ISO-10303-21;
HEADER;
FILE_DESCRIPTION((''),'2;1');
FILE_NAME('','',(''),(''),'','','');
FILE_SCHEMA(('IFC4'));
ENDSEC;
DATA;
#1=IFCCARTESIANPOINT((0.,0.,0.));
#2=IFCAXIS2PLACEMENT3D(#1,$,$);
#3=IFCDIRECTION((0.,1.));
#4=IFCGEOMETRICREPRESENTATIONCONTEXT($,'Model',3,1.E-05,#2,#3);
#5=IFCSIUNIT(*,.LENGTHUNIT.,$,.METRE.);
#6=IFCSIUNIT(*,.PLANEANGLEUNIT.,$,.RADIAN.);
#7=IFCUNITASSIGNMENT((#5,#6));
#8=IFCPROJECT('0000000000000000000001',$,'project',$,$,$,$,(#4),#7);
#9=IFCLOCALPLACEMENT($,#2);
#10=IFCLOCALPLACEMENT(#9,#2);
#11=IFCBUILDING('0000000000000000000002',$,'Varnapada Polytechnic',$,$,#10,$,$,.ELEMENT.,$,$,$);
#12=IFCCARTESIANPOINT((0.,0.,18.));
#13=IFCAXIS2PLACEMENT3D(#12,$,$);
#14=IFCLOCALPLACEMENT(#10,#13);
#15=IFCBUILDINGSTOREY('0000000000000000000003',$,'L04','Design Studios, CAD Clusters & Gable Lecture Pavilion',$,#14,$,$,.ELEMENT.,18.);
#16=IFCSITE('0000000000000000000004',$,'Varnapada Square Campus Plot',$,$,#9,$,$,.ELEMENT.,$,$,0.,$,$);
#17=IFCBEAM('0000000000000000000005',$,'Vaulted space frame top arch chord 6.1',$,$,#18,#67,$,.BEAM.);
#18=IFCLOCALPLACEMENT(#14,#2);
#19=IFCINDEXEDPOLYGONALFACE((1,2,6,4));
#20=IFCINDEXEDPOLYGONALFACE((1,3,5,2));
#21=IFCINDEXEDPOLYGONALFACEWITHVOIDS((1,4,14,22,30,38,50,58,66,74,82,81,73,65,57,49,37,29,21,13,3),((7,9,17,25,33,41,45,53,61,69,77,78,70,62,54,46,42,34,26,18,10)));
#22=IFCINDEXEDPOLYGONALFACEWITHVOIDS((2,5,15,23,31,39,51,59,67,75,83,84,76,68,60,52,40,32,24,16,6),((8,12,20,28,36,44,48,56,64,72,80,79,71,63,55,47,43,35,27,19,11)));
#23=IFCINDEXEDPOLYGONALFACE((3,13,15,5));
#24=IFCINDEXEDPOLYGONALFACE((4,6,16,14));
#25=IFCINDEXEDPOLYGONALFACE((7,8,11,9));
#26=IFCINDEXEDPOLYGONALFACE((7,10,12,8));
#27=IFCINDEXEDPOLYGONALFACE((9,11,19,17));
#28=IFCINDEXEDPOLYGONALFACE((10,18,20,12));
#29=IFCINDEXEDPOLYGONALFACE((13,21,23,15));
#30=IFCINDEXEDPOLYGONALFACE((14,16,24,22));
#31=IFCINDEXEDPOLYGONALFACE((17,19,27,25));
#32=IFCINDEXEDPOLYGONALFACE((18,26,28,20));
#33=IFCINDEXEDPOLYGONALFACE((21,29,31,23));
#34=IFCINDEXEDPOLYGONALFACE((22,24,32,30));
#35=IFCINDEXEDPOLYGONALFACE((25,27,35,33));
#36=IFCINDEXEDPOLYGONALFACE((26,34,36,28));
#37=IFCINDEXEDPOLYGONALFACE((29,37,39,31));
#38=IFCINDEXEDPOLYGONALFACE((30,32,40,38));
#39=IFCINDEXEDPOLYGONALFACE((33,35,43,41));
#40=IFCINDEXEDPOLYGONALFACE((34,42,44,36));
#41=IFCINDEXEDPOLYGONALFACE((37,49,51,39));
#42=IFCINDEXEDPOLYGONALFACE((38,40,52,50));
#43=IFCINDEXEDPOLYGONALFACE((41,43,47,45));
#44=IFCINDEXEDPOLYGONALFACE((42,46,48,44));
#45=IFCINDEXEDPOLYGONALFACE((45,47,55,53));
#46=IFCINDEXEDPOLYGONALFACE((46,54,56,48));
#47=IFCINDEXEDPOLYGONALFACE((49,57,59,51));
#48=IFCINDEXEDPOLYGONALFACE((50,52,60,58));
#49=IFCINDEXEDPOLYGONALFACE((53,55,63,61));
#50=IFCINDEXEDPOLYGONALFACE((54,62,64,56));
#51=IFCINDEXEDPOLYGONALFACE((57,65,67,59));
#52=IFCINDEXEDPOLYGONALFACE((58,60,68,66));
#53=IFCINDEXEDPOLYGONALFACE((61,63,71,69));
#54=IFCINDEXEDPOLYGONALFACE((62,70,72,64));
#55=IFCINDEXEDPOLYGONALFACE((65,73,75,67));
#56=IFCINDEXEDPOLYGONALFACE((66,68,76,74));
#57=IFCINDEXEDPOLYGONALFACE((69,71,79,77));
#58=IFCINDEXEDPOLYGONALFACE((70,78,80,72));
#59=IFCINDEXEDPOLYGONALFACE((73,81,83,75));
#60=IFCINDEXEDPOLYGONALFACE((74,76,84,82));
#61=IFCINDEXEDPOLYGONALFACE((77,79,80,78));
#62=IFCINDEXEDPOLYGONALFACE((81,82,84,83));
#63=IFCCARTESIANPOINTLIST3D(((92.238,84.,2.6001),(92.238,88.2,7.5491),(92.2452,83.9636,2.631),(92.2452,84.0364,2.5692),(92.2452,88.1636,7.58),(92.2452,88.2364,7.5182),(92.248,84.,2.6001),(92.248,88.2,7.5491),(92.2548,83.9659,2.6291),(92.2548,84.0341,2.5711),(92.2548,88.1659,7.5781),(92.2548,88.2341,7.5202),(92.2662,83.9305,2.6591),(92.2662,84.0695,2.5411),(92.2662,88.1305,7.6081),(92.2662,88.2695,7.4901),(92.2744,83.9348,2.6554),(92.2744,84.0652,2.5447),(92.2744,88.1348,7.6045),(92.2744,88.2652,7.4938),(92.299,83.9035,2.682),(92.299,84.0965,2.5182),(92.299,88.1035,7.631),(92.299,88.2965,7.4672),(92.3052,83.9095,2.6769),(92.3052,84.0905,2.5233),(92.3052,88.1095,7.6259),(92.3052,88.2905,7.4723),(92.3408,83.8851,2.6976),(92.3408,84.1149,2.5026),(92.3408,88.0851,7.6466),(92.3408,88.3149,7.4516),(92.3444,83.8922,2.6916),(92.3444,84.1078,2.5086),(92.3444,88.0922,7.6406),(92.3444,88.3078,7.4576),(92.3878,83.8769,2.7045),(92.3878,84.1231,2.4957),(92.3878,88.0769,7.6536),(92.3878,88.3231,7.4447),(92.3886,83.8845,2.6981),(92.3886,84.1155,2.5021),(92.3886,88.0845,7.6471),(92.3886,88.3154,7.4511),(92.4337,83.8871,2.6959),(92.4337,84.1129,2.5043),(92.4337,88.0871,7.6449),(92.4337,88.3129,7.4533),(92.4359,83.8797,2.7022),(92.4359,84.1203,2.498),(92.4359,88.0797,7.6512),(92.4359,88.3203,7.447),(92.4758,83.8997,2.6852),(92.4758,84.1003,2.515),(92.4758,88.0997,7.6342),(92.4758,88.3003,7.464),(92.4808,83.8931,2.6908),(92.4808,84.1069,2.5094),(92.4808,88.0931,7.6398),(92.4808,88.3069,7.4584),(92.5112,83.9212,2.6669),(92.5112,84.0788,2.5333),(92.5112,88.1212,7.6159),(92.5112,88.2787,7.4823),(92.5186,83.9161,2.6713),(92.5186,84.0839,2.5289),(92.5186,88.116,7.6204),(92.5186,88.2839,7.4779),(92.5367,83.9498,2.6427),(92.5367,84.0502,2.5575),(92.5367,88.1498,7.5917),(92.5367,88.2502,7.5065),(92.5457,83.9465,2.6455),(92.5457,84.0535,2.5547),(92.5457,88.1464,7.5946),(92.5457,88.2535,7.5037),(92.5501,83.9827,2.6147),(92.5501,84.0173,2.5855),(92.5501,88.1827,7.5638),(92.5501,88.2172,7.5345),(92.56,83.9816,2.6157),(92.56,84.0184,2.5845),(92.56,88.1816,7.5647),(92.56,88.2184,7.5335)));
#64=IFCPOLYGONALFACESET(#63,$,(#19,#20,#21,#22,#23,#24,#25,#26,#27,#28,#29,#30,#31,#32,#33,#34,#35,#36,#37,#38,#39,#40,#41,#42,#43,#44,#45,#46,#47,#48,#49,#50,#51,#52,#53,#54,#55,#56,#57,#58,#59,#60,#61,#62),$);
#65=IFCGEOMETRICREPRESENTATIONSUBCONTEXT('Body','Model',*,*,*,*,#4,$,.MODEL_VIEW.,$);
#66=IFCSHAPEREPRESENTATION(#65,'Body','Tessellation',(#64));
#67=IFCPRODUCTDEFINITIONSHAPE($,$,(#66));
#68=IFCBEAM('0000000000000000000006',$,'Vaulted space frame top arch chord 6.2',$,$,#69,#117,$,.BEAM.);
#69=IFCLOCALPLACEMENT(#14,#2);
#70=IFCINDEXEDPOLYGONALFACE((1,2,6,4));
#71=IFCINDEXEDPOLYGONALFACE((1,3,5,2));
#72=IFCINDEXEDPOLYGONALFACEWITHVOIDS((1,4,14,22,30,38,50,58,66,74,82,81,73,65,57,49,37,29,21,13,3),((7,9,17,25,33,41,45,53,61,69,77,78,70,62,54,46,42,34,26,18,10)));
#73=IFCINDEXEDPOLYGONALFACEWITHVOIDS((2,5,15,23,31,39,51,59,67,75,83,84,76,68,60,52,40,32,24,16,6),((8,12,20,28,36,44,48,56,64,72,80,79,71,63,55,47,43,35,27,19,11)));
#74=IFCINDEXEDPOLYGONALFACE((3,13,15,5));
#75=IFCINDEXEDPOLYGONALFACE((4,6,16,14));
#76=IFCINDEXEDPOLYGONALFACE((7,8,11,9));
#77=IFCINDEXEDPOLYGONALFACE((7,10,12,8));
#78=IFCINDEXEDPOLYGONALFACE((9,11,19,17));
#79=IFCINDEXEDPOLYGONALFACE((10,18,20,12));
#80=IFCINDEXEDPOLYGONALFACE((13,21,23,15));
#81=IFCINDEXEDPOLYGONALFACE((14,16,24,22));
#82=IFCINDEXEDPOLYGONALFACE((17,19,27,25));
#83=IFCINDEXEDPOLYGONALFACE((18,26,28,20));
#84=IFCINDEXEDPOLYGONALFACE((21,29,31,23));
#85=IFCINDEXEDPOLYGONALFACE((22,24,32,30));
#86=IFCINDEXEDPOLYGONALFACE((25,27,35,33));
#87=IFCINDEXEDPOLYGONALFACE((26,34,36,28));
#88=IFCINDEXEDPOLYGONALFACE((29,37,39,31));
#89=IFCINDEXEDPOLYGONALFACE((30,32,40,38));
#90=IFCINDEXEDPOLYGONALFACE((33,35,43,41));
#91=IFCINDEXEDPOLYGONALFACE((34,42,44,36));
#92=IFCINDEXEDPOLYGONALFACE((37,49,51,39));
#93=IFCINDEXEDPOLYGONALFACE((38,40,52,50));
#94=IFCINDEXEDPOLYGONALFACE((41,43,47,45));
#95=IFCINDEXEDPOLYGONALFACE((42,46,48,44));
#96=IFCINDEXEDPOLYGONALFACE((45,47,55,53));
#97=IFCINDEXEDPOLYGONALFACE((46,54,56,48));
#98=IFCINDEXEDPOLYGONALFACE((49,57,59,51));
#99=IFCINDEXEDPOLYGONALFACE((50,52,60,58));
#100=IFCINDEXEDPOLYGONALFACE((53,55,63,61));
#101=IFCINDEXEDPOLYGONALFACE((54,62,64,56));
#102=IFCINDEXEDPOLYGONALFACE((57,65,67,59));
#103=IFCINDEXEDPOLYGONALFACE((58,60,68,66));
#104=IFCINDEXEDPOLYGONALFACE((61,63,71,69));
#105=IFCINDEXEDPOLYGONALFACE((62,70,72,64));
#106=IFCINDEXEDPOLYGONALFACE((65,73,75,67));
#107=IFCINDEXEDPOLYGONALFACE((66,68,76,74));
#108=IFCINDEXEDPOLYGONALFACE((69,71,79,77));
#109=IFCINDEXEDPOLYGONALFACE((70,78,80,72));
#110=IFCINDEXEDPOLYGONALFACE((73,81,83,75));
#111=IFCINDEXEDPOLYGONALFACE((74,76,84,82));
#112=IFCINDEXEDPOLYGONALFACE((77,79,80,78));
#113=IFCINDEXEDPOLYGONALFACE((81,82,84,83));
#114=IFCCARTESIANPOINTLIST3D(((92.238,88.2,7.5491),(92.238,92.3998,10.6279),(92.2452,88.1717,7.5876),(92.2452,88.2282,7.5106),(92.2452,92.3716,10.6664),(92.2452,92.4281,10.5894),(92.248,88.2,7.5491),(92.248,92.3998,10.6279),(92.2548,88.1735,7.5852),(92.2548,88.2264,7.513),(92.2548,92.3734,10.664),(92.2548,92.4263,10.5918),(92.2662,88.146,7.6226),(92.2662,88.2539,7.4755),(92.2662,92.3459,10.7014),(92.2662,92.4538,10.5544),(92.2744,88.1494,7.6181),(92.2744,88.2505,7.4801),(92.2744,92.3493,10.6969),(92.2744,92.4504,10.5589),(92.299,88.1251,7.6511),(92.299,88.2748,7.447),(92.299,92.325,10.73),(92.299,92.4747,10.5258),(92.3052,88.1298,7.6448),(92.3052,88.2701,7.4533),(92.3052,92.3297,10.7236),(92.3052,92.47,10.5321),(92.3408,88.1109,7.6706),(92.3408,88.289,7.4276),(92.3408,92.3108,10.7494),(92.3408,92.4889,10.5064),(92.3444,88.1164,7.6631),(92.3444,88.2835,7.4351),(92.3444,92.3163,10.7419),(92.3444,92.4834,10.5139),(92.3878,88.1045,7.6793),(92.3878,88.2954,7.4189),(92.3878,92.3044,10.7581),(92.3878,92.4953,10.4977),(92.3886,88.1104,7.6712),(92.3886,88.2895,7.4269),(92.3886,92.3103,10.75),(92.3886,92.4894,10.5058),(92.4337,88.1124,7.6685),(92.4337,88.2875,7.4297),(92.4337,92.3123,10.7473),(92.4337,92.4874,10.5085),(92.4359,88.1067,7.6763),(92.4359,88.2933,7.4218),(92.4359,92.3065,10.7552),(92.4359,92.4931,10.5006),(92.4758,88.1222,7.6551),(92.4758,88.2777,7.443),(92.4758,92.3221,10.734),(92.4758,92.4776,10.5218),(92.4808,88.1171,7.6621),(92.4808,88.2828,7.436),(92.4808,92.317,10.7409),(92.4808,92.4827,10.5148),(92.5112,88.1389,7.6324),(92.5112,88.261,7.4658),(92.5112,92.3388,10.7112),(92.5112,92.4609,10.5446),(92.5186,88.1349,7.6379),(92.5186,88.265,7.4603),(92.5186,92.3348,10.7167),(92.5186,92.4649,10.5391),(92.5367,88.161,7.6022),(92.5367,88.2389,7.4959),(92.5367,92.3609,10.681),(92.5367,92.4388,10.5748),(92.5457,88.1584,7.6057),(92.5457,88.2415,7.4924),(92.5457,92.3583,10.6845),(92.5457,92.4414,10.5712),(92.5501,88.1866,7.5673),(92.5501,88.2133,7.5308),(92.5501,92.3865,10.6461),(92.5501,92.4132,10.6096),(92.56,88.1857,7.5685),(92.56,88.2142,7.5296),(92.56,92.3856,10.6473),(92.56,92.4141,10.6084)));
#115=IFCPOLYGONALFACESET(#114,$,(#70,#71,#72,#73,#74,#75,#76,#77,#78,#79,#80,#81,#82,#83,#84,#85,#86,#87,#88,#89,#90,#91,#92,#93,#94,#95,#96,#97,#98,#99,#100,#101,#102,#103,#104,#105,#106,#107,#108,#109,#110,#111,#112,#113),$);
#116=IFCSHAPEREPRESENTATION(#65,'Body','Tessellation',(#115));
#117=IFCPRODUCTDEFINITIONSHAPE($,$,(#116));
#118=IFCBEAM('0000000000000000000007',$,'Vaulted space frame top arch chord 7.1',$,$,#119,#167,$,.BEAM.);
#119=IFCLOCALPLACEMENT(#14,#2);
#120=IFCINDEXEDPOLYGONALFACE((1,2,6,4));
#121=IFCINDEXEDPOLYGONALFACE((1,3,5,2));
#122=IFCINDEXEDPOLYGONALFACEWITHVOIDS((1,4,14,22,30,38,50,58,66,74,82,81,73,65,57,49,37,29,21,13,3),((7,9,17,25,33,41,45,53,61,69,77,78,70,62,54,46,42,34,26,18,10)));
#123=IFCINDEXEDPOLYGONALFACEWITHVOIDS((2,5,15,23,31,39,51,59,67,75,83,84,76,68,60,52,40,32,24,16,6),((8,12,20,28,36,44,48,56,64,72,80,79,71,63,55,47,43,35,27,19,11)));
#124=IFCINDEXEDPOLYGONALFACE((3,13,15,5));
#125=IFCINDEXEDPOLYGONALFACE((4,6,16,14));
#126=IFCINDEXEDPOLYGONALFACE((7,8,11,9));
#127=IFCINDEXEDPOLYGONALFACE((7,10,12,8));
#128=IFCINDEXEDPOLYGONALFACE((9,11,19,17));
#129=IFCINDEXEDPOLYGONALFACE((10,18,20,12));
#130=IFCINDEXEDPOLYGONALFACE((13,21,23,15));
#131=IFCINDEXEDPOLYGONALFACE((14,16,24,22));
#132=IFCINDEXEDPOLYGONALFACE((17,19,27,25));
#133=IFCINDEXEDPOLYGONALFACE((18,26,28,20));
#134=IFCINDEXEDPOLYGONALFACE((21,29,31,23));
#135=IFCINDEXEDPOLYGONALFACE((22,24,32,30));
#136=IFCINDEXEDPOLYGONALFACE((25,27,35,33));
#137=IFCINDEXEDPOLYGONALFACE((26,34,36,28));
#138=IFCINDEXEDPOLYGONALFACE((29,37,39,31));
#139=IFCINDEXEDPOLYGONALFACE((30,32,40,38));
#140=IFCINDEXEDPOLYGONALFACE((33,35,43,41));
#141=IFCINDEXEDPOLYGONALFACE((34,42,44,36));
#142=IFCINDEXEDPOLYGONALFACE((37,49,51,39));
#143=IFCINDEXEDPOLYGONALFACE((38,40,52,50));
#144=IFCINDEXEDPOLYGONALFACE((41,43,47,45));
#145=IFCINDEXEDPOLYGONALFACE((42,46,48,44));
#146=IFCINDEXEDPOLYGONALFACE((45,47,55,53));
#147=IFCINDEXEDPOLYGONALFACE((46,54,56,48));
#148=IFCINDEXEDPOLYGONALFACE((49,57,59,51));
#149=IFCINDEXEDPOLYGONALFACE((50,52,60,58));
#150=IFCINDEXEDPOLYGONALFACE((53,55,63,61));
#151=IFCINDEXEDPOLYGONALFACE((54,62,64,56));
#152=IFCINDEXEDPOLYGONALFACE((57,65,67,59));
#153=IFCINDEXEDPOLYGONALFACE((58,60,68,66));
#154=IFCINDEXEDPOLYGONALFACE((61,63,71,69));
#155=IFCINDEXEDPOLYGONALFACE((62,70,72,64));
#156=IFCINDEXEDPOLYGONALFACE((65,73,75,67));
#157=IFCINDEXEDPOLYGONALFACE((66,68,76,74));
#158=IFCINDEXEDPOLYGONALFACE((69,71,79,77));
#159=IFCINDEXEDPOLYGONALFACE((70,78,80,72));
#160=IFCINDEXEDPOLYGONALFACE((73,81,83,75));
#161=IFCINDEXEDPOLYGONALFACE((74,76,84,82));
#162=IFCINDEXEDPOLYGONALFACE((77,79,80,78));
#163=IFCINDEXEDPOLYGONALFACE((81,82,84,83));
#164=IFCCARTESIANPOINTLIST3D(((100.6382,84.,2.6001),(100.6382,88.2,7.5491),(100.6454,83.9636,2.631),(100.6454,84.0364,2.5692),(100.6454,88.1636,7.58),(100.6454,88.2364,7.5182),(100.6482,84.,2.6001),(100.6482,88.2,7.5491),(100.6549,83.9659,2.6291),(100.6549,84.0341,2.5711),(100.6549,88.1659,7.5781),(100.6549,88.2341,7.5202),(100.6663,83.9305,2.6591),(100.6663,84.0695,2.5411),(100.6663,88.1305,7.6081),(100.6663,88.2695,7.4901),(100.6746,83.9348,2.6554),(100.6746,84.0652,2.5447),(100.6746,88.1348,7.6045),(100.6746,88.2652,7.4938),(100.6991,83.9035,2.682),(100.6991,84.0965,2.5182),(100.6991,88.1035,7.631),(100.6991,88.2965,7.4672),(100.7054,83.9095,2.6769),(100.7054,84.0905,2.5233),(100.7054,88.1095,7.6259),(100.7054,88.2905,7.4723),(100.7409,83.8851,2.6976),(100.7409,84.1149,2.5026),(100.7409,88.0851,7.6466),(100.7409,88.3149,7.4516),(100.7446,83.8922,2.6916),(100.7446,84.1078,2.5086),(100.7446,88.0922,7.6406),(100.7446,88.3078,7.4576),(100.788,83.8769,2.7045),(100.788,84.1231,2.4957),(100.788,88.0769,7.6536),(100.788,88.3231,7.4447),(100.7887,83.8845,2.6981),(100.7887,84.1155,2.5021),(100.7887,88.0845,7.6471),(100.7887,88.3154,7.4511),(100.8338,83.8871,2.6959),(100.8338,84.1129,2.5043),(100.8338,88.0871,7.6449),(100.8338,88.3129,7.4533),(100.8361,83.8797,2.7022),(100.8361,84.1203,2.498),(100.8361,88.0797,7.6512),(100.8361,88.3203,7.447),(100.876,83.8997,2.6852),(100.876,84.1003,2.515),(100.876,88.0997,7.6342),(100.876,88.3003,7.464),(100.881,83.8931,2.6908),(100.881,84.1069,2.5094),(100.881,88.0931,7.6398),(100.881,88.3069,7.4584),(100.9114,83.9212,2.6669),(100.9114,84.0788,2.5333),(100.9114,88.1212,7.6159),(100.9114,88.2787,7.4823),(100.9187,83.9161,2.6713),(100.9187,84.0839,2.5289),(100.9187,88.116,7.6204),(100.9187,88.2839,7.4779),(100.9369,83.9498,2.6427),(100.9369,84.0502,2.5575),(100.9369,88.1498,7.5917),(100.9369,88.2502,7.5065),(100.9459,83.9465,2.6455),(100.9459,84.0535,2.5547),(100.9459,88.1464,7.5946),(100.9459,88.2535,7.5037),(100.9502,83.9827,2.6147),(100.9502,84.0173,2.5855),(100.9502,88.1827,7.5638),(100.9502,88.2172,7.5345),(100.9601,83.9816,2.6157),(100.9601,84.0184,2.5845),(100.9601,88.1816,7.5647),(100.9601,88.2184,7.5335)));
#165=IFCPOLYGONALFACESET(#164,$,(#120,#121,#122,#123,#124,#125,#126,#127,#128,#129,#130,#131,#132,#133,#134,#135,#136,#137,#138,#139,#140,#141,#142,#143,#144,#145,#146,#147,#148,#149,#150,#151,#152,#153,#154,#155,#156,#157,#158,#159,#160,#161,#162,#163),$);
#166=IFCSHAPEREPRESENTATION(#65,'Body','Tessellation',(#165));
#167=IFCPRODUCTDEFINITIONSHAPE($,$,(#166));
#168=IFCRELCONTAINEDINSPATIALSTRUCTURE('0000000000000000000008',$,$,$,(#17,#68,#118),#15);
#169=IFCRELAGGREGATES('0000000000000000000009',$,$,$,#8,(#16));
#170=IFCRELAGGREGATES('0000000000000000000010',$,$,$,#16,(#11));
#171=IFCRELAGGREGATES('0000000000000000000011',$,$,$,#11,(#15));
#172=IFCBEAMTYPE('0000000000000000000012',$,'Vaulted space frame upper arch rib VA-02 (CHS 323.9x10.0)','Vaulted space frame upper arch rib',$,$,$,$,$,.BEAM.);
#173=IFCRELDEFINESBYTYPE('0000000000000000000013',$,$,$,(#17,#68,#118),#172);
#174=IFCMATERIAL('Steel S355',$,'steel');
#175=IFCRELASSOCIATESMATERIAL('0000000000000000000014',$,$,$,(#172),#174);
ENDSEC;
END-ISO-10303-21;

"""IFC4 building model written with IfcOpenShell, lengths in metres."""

from ifc_helpers import new_model, si_unit, direction, frame, origin, origin_2d, place, context, subcontext, project, spatial, hollow_circle, extrude, material, material_profile, profile_set, type_object, element, save


model = new_model("IFC4")

# Units and contexts
model_context = context("Model", 3, precision=1e-05, world=origin(), true_north=direction((0.0, 1.0)))
body_context = subcontext(model_context, "Body", "Model", "MODEL_VIEW")
ifc_project = project(units=[si_unit("LENGTHUNIT", "METRE"), si_unit("PLANEANGLEUNIT", "RADIAN")], contexts=[model_context])

# Site, building, storey
site_placement = place(None, origin())
site = spatial("IfcSite", under=ifc_project, at=site_placement, Name="Varnapada Square Campus Plot", CompositionType="ELEMENT", RefElevation=0.0)
building_placement = place(site_placement, origin())
building = spatial("IfcBuilding", under=site, at=building_placement, Name="Varnapada Polytechnic", CompositionType="ELEMENT")
storey_placement = place(building_placement, frame((0.0, 0.0, 18.0)))
storey = spatial("IfcBuildingStorey", under=building, at=storey_placement, Name="L04", Description="Design Studios, CAD Clusters & Gable Lecture Pavilion", CompositionType="ELEMENT", Elevation=18.0)

# Shared definitions
ifc_material = material(Name="Steel S355", Category="steel")

# Beams
ifc_material_profile_1 = material_profile(ifc_material, hollow_circle(Radius=0.1619, WallThickness=0.01, at=origin_2d()), Name="CHS 323.9x10.0")
ifc_profile_set_1 = profile_set([ifc_material_profile_1], Name="Steel S355")
beam_type_1 = type_object("IfcBeamType", Name="Vaulted space frame upper arch rib VA-02 (CHS 323.9x10.0)", Description="Vaulted space frame upper arch rib", PredefinedType="BEAM", material=ifc_profile_set_1)
beam_1_placement = place(storey_placement, frame((92.3999, 84.0, 2.6001), z_axis=(0.0, 0.647051, 0.762447), x_axis=(-1.0, 0.0, 0.0)))
element("IfcBeam", 1, at=beam_1_placement, inside=storey, type_object=beam_type_1, Name="Vaulted space frame top arch chord 6.1", PredefinedType="BEAM", context=body_context, shape_type="SweptSolid", body=[
    extrude(hollow_circle(Radius=0.1619, WallThickness=0.01, at=origin_2d()), origin(), (0.0, 0.0, 1.0), 6.491),
])
beam_2_placement = place(storey_placement, frame((92.3999, 88.2, 7.5491), z_axis=(0.0, 0.806506, 0.591225), x_axis=(-1.0, 0.0, 0.0)))
element("IfcBeam", 2, at=beam_2_placement, inside=storey, type_object=beam_type_1, Name="Vaulted space frame top arch chord 6.2", PredefinedType="BEAM", context=body_context, shape_type="SweptSolid", body=[
    extrude(hollow_circle(Radius=0.1619, WallThickness=0.01, at=origin_2d()), origin(), (0.0, 0.0, 1.0), 5.2075),
])
beam_3_placement = place(storey_placement, frame((100.8, 84.0, 2.6001), z_axis=(0.0, 0.647051, 0.762447), x_axis=(-1.0, 0.0, 0.0)))
element("IfcBeam", 3, at=beam_3_placement, inside=storey, type_object=beam_type_1, Name="Vaulted space frame top arch chord 7.1", PredefinedType="BEAM", context=body_context, shape_type="SweptSolid", body=[
    extrude(hollow_circle(Radius=0.1619, WallThickness=0.01, at=origin_2d()), origin(), (0.0, 0.0, 1.0), 6.491),
])

save(model, "model.ifc")
